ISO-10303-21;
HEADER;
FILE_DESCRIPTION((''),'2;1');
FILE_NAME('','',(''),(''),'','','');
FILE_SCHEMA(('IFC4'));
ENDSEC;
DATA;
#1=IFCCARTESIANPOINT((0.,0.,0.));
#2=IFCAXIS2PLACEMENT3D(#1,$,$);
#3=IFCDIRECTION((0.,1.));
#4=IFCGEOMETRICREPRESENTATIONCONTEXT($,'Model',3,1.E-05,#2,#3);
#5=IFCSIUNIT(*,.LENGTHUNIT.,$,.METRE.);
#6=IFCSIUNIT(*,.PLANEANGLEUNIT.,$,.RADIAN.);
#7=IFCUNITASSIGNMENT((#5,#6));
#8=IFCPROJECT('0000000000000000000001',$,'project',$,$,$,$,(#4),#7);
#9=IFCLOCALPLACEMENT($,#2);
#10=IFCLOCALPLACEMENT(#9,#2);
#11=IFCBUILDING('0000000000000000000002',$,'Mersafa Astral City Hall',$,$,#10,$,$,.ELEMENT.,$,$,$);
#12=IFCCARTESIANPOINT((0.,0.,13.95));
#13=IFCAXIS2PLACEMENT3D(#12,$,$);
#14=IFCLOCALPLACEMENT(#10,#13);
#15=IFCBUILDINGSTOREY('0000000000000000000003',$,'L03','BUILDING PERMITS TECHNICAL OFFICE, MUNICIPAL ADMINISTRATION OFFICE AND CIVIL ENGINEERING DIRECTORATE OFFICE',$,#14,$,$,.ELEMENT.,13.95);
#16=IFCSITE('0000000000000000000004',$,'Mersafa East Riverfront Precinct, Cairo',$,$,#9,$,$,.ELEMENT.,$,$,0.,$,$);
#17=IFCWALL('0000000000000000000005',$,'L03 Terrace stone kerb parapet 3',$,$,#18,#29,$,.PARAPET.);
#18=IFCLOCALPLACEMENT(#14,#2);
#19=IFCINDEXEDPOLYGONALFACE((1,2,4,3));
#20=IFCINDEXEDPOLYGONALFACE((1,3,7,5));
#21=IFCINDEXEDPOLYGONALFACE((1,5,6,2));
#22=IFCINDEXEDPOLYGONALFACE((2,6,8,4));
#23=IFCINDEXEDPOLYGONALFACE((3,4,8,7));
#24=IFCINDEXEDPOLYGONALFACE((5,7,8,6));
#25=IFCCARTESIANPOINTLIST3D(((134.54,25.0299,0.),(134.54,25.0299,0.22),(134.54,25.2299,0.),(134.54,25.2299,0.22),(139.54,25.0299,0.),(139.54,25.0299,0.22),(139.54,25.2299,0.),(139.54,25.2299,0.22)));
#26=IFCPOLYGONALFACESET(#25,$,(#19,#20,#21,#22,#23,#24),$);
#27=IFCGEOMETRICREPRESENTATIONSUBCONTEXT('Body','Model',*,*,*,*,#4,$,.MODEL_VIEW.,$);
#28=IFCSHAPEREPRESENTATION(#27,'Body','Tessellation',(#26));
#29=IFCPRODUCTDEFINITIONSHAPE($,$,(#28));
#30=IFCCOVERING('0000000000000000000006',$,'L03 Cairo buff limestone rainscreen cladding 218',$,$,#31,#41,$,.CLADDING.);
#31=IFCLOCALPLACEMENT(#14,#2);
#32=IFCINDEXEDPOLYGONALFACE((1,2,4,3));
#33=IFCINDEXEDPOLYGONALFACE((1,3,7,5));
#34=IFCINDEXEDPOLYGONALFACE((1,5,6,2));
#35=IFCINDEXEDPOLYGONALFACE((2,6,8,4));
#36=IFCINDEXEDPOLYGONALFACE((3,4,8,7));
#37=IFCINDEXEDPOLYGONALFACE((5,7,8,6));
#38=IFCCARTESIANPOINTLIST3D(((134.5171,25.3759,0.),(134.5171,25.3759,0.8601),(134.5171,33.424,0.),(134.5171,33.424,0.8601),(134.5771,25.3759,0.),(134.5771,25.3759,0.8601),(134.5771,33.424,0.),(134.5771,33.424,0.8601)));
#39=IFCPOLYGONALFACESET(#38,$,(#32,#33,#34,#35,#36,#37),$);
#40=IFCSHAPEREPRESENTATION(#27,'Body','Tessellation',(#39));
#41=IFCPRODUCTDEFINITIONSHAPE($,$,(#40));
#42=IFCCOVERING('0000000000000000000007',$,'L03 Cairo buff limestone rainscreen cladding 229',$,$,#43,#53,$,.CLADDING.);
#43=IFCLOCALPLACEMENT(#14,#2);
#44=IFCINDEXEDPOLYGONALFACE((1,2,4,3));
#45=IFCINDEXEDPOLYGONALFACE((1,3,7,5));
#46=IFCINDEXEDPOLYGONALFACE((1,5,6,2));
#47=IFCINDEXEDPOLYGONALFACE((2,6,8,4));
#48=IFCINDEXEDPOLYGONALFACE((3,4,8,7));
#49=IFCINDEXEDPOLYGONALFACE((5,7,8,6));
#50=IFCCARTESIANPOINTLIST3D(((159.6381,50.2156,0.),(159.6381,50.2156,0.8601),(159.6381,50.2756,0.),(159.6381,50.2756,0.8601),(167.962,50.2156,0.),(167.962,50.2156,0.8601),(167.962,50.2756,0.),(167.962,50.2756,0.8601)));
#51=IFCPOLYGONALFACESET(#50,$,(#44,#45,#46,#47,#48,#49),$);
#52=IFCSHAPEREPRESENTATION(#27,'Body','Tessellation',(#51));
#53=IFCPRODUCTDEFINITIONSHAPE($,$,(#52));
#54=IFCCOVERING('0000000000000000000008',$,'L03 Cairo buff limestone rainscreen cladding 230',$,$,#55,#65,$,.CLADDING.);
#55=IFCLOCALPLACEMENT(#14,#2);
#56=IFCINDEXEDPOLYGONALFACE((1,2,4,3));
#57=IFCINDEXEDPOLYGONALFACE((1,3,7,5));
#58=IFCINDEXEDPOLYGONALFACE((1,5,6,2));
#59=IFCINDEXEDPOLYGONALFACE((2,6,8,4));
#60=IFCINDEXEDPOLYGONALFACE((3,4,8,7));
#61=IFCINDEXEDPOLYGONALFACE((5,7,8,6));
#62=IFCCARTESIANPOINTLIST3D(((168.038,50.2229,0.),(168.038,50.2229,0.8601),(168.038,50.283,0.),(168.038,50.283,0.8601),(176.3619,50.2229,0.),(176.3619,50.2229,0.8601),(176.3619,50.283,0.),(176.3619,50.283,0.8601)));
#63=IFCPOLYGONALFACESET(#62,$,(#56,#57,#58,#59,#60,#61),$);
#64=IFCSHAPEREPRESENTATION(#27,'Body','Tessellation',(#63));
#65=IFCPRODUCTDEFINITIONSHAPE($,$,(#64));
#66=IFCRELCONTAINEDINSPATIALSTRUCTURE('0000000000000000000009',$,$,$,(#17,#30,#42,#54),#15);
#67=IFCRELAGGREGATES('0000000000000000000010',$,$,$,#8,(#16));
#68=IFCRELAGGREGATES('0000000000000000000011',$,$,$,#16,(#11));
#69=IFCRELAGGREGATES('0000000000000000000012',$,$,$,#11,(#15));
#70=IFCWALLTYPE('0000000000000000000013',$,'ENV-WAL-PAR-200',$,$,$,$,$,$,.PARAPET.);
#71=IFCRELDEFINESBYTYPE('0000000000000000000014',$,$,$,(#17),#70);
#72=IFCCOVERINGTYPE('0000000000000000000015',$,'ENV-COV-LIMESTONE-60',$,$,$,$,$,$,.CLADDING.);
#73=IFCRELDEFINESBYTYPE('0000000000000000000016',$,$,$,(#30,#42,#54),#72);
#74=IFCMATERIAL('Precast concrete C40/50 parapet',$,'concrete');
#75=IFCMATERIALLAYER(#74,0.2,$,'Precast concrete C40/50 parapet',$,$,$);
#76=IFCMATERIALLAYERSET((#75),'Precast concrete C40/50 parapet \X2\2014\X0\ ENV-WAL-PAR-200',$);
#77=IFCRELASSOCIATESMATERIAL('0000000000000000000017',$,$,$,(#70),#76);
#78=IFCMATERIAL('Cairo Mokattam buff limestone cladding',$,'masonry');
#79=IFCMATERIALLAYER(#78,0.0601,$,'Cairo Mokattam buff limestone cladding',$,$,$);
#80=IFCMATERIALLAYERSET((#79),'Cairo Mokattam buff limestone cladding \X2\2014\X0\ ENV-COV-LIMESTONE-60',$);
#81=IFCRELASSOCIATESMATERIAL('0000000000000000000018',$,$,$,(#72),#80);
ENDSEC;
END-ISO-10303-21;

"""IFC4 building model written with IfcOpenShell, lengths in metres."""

from ifc_helpers import new_model, si_unit, direction, frame, frame_2d, origin, origin_2d, place, context, subcontext, project, spatial, rectangle, extrude, material, layer, layer_set, type_object, element, save


model = new_model("IFC4")

# Units and contexts
model_context = context("Model", 3, precision=1e-05, world=origin(), true_north=direction((0.0, 1.0)))
body_context = subcontext(model_context, "Body", "Model", "MODEL_VIEW")
ifc_project = project(units=[si_unit("LENGTHUNIT", "METRE"), si_unit("PLANEANGLEUNIT", "RADIAN")], contexts=[model_context])

# Site, building, storey
site_placement = place(None, origin())
site = spatial("IfcSite", under=ifc_project, at=site_placement, Name="Mersafa East Riverfront Precinct, Cairo", CompositionType="ELEMENT", RefElevation=0.0)
building_placement = place(site_placement, origin())
building = spatial("IfcBuilding", under=site, at=building_placement, Name="Mersafa Astral City Hall", CompositionType="ELEMENT")
storey_placement = place(building_placement, frame((0.0, 0.0, 13.95)))
storey = spatial("IfcBuildingStorey", under=building, at=storey_placement, Name="L03", Description="BUILDING PERMITS TECHNICAL OFFICE, MUNICIPAL ADMINISTRATION OFFICE AND CIVIL ENGINEERING DIRECTORATE OFFICE", CompositionType="ELEMENT", Elevation=13.95)

# Wall
ifc_material_1 = material(Name="Precast concrete C40/50 parapet", Category="concrete")
ifc_layer_1 = layer(ifc_material_1, 0.2, Name="Precast concrete C40/50 parapet")
ifc_layer_set_1 = layer_set([ifc_layer_1], Name="Precast concrete C40/50 parapet — ENV-WAL-PAR-200")
wall_type_1 = type_object("IfcWallType", Name="ENV-WAL-PAR-200", PredefinedType="PARAPET", material=ifc_layer_set_1)
wall_1_placement = place(storey_placement, frame((139.54, 25.1299, 0.0), z_axis=(0.0, 0.0, 1.0), x_axis=(-1.0, 0.0, 0.0)))
element("IfcWall", 1, at=wall_1_placement, inside=storey, type_object=wall_type_1, Name="L03 Terrace stone kerb parapet 3", PredefinedType="PARAPET", context=body_context, shape_type="SweptSolid", body=[
    extrude(rectangle(XDim=5.0, YDim=0.2, at=frame_2d((2.5, 0.0))), origin(), (0.0, 0.0, 1.0), 0.22),
])

# Coverings
ifc_material_2 = material(Name="Cairo Mokattam buff limestone cladding", Category="masonry")
ifc_layer_2 = layer(ifc_material_2, 0.0601, Name="Cairo Mokattam buff limestone cladding")
ifc_layer_set_2 = layer_set([ifc_layer_2], Name="Cairo Mokattam buff limestone cladding — ENV-COV-LIMESTONE-60")
covering_type = type_object("IfcCoveringType", Name="ENV-COV-LIMESTONE-60", PredefinedType="CLADDING", material=ifc_layer_set_2)
covering_placement = place(storey_placement, frame((134.5471, 29.3999, 0.0), z_axis=(0.0, 0.0, 1.0), x_axis=(0.0, 1.0, 0.0)))
element("IfcCovering", 2, at=covering_placement, inside=storey, type_object=covering_type, Name="L03 Cairo buff limestone rainscreen cladding 218", PredefinedType="CLADDING", context=body_context, shape_type="SweptSolid", body=[
    extrude(rectangle(XDim=8.0481, YDim=0.0601, at=origin_2d()), origin(), (0.0, 0.0, 1.0), 0.8601),
])
for number, where, z_axis, x_axis, name in (
    (3, (163.8, 50.2456, 0.0), (0.0, 0.0, 1.0), (1.0, 0.0, 0.0), "L03 Cairo buff limestone rainscreen cladding 229"),
    (4, (172.2, 50.2529, 0.0), (0.0, 0.0, 1.0), (1.0, 0.0, 0.0), "L03 Cairo buff limestone rainscreen cladding 230"),
):
    element("IfcCovering", number, at=place(storey_placement, frame(where, z_axis=z_axis, x_axis=x_axis)), inside=storey, type_object=covering_type, Name=name, PredefinedType="CLADDING", context=body_context, shape_type="SweptSolid", body=[
        extrude(rectangle(XDim=8.324, YDim=0.0601, at=origin_2d()), origin(), (0.0, 0.0, 1.0), 0.8601),
    ])

save(model, "model.ifc")
